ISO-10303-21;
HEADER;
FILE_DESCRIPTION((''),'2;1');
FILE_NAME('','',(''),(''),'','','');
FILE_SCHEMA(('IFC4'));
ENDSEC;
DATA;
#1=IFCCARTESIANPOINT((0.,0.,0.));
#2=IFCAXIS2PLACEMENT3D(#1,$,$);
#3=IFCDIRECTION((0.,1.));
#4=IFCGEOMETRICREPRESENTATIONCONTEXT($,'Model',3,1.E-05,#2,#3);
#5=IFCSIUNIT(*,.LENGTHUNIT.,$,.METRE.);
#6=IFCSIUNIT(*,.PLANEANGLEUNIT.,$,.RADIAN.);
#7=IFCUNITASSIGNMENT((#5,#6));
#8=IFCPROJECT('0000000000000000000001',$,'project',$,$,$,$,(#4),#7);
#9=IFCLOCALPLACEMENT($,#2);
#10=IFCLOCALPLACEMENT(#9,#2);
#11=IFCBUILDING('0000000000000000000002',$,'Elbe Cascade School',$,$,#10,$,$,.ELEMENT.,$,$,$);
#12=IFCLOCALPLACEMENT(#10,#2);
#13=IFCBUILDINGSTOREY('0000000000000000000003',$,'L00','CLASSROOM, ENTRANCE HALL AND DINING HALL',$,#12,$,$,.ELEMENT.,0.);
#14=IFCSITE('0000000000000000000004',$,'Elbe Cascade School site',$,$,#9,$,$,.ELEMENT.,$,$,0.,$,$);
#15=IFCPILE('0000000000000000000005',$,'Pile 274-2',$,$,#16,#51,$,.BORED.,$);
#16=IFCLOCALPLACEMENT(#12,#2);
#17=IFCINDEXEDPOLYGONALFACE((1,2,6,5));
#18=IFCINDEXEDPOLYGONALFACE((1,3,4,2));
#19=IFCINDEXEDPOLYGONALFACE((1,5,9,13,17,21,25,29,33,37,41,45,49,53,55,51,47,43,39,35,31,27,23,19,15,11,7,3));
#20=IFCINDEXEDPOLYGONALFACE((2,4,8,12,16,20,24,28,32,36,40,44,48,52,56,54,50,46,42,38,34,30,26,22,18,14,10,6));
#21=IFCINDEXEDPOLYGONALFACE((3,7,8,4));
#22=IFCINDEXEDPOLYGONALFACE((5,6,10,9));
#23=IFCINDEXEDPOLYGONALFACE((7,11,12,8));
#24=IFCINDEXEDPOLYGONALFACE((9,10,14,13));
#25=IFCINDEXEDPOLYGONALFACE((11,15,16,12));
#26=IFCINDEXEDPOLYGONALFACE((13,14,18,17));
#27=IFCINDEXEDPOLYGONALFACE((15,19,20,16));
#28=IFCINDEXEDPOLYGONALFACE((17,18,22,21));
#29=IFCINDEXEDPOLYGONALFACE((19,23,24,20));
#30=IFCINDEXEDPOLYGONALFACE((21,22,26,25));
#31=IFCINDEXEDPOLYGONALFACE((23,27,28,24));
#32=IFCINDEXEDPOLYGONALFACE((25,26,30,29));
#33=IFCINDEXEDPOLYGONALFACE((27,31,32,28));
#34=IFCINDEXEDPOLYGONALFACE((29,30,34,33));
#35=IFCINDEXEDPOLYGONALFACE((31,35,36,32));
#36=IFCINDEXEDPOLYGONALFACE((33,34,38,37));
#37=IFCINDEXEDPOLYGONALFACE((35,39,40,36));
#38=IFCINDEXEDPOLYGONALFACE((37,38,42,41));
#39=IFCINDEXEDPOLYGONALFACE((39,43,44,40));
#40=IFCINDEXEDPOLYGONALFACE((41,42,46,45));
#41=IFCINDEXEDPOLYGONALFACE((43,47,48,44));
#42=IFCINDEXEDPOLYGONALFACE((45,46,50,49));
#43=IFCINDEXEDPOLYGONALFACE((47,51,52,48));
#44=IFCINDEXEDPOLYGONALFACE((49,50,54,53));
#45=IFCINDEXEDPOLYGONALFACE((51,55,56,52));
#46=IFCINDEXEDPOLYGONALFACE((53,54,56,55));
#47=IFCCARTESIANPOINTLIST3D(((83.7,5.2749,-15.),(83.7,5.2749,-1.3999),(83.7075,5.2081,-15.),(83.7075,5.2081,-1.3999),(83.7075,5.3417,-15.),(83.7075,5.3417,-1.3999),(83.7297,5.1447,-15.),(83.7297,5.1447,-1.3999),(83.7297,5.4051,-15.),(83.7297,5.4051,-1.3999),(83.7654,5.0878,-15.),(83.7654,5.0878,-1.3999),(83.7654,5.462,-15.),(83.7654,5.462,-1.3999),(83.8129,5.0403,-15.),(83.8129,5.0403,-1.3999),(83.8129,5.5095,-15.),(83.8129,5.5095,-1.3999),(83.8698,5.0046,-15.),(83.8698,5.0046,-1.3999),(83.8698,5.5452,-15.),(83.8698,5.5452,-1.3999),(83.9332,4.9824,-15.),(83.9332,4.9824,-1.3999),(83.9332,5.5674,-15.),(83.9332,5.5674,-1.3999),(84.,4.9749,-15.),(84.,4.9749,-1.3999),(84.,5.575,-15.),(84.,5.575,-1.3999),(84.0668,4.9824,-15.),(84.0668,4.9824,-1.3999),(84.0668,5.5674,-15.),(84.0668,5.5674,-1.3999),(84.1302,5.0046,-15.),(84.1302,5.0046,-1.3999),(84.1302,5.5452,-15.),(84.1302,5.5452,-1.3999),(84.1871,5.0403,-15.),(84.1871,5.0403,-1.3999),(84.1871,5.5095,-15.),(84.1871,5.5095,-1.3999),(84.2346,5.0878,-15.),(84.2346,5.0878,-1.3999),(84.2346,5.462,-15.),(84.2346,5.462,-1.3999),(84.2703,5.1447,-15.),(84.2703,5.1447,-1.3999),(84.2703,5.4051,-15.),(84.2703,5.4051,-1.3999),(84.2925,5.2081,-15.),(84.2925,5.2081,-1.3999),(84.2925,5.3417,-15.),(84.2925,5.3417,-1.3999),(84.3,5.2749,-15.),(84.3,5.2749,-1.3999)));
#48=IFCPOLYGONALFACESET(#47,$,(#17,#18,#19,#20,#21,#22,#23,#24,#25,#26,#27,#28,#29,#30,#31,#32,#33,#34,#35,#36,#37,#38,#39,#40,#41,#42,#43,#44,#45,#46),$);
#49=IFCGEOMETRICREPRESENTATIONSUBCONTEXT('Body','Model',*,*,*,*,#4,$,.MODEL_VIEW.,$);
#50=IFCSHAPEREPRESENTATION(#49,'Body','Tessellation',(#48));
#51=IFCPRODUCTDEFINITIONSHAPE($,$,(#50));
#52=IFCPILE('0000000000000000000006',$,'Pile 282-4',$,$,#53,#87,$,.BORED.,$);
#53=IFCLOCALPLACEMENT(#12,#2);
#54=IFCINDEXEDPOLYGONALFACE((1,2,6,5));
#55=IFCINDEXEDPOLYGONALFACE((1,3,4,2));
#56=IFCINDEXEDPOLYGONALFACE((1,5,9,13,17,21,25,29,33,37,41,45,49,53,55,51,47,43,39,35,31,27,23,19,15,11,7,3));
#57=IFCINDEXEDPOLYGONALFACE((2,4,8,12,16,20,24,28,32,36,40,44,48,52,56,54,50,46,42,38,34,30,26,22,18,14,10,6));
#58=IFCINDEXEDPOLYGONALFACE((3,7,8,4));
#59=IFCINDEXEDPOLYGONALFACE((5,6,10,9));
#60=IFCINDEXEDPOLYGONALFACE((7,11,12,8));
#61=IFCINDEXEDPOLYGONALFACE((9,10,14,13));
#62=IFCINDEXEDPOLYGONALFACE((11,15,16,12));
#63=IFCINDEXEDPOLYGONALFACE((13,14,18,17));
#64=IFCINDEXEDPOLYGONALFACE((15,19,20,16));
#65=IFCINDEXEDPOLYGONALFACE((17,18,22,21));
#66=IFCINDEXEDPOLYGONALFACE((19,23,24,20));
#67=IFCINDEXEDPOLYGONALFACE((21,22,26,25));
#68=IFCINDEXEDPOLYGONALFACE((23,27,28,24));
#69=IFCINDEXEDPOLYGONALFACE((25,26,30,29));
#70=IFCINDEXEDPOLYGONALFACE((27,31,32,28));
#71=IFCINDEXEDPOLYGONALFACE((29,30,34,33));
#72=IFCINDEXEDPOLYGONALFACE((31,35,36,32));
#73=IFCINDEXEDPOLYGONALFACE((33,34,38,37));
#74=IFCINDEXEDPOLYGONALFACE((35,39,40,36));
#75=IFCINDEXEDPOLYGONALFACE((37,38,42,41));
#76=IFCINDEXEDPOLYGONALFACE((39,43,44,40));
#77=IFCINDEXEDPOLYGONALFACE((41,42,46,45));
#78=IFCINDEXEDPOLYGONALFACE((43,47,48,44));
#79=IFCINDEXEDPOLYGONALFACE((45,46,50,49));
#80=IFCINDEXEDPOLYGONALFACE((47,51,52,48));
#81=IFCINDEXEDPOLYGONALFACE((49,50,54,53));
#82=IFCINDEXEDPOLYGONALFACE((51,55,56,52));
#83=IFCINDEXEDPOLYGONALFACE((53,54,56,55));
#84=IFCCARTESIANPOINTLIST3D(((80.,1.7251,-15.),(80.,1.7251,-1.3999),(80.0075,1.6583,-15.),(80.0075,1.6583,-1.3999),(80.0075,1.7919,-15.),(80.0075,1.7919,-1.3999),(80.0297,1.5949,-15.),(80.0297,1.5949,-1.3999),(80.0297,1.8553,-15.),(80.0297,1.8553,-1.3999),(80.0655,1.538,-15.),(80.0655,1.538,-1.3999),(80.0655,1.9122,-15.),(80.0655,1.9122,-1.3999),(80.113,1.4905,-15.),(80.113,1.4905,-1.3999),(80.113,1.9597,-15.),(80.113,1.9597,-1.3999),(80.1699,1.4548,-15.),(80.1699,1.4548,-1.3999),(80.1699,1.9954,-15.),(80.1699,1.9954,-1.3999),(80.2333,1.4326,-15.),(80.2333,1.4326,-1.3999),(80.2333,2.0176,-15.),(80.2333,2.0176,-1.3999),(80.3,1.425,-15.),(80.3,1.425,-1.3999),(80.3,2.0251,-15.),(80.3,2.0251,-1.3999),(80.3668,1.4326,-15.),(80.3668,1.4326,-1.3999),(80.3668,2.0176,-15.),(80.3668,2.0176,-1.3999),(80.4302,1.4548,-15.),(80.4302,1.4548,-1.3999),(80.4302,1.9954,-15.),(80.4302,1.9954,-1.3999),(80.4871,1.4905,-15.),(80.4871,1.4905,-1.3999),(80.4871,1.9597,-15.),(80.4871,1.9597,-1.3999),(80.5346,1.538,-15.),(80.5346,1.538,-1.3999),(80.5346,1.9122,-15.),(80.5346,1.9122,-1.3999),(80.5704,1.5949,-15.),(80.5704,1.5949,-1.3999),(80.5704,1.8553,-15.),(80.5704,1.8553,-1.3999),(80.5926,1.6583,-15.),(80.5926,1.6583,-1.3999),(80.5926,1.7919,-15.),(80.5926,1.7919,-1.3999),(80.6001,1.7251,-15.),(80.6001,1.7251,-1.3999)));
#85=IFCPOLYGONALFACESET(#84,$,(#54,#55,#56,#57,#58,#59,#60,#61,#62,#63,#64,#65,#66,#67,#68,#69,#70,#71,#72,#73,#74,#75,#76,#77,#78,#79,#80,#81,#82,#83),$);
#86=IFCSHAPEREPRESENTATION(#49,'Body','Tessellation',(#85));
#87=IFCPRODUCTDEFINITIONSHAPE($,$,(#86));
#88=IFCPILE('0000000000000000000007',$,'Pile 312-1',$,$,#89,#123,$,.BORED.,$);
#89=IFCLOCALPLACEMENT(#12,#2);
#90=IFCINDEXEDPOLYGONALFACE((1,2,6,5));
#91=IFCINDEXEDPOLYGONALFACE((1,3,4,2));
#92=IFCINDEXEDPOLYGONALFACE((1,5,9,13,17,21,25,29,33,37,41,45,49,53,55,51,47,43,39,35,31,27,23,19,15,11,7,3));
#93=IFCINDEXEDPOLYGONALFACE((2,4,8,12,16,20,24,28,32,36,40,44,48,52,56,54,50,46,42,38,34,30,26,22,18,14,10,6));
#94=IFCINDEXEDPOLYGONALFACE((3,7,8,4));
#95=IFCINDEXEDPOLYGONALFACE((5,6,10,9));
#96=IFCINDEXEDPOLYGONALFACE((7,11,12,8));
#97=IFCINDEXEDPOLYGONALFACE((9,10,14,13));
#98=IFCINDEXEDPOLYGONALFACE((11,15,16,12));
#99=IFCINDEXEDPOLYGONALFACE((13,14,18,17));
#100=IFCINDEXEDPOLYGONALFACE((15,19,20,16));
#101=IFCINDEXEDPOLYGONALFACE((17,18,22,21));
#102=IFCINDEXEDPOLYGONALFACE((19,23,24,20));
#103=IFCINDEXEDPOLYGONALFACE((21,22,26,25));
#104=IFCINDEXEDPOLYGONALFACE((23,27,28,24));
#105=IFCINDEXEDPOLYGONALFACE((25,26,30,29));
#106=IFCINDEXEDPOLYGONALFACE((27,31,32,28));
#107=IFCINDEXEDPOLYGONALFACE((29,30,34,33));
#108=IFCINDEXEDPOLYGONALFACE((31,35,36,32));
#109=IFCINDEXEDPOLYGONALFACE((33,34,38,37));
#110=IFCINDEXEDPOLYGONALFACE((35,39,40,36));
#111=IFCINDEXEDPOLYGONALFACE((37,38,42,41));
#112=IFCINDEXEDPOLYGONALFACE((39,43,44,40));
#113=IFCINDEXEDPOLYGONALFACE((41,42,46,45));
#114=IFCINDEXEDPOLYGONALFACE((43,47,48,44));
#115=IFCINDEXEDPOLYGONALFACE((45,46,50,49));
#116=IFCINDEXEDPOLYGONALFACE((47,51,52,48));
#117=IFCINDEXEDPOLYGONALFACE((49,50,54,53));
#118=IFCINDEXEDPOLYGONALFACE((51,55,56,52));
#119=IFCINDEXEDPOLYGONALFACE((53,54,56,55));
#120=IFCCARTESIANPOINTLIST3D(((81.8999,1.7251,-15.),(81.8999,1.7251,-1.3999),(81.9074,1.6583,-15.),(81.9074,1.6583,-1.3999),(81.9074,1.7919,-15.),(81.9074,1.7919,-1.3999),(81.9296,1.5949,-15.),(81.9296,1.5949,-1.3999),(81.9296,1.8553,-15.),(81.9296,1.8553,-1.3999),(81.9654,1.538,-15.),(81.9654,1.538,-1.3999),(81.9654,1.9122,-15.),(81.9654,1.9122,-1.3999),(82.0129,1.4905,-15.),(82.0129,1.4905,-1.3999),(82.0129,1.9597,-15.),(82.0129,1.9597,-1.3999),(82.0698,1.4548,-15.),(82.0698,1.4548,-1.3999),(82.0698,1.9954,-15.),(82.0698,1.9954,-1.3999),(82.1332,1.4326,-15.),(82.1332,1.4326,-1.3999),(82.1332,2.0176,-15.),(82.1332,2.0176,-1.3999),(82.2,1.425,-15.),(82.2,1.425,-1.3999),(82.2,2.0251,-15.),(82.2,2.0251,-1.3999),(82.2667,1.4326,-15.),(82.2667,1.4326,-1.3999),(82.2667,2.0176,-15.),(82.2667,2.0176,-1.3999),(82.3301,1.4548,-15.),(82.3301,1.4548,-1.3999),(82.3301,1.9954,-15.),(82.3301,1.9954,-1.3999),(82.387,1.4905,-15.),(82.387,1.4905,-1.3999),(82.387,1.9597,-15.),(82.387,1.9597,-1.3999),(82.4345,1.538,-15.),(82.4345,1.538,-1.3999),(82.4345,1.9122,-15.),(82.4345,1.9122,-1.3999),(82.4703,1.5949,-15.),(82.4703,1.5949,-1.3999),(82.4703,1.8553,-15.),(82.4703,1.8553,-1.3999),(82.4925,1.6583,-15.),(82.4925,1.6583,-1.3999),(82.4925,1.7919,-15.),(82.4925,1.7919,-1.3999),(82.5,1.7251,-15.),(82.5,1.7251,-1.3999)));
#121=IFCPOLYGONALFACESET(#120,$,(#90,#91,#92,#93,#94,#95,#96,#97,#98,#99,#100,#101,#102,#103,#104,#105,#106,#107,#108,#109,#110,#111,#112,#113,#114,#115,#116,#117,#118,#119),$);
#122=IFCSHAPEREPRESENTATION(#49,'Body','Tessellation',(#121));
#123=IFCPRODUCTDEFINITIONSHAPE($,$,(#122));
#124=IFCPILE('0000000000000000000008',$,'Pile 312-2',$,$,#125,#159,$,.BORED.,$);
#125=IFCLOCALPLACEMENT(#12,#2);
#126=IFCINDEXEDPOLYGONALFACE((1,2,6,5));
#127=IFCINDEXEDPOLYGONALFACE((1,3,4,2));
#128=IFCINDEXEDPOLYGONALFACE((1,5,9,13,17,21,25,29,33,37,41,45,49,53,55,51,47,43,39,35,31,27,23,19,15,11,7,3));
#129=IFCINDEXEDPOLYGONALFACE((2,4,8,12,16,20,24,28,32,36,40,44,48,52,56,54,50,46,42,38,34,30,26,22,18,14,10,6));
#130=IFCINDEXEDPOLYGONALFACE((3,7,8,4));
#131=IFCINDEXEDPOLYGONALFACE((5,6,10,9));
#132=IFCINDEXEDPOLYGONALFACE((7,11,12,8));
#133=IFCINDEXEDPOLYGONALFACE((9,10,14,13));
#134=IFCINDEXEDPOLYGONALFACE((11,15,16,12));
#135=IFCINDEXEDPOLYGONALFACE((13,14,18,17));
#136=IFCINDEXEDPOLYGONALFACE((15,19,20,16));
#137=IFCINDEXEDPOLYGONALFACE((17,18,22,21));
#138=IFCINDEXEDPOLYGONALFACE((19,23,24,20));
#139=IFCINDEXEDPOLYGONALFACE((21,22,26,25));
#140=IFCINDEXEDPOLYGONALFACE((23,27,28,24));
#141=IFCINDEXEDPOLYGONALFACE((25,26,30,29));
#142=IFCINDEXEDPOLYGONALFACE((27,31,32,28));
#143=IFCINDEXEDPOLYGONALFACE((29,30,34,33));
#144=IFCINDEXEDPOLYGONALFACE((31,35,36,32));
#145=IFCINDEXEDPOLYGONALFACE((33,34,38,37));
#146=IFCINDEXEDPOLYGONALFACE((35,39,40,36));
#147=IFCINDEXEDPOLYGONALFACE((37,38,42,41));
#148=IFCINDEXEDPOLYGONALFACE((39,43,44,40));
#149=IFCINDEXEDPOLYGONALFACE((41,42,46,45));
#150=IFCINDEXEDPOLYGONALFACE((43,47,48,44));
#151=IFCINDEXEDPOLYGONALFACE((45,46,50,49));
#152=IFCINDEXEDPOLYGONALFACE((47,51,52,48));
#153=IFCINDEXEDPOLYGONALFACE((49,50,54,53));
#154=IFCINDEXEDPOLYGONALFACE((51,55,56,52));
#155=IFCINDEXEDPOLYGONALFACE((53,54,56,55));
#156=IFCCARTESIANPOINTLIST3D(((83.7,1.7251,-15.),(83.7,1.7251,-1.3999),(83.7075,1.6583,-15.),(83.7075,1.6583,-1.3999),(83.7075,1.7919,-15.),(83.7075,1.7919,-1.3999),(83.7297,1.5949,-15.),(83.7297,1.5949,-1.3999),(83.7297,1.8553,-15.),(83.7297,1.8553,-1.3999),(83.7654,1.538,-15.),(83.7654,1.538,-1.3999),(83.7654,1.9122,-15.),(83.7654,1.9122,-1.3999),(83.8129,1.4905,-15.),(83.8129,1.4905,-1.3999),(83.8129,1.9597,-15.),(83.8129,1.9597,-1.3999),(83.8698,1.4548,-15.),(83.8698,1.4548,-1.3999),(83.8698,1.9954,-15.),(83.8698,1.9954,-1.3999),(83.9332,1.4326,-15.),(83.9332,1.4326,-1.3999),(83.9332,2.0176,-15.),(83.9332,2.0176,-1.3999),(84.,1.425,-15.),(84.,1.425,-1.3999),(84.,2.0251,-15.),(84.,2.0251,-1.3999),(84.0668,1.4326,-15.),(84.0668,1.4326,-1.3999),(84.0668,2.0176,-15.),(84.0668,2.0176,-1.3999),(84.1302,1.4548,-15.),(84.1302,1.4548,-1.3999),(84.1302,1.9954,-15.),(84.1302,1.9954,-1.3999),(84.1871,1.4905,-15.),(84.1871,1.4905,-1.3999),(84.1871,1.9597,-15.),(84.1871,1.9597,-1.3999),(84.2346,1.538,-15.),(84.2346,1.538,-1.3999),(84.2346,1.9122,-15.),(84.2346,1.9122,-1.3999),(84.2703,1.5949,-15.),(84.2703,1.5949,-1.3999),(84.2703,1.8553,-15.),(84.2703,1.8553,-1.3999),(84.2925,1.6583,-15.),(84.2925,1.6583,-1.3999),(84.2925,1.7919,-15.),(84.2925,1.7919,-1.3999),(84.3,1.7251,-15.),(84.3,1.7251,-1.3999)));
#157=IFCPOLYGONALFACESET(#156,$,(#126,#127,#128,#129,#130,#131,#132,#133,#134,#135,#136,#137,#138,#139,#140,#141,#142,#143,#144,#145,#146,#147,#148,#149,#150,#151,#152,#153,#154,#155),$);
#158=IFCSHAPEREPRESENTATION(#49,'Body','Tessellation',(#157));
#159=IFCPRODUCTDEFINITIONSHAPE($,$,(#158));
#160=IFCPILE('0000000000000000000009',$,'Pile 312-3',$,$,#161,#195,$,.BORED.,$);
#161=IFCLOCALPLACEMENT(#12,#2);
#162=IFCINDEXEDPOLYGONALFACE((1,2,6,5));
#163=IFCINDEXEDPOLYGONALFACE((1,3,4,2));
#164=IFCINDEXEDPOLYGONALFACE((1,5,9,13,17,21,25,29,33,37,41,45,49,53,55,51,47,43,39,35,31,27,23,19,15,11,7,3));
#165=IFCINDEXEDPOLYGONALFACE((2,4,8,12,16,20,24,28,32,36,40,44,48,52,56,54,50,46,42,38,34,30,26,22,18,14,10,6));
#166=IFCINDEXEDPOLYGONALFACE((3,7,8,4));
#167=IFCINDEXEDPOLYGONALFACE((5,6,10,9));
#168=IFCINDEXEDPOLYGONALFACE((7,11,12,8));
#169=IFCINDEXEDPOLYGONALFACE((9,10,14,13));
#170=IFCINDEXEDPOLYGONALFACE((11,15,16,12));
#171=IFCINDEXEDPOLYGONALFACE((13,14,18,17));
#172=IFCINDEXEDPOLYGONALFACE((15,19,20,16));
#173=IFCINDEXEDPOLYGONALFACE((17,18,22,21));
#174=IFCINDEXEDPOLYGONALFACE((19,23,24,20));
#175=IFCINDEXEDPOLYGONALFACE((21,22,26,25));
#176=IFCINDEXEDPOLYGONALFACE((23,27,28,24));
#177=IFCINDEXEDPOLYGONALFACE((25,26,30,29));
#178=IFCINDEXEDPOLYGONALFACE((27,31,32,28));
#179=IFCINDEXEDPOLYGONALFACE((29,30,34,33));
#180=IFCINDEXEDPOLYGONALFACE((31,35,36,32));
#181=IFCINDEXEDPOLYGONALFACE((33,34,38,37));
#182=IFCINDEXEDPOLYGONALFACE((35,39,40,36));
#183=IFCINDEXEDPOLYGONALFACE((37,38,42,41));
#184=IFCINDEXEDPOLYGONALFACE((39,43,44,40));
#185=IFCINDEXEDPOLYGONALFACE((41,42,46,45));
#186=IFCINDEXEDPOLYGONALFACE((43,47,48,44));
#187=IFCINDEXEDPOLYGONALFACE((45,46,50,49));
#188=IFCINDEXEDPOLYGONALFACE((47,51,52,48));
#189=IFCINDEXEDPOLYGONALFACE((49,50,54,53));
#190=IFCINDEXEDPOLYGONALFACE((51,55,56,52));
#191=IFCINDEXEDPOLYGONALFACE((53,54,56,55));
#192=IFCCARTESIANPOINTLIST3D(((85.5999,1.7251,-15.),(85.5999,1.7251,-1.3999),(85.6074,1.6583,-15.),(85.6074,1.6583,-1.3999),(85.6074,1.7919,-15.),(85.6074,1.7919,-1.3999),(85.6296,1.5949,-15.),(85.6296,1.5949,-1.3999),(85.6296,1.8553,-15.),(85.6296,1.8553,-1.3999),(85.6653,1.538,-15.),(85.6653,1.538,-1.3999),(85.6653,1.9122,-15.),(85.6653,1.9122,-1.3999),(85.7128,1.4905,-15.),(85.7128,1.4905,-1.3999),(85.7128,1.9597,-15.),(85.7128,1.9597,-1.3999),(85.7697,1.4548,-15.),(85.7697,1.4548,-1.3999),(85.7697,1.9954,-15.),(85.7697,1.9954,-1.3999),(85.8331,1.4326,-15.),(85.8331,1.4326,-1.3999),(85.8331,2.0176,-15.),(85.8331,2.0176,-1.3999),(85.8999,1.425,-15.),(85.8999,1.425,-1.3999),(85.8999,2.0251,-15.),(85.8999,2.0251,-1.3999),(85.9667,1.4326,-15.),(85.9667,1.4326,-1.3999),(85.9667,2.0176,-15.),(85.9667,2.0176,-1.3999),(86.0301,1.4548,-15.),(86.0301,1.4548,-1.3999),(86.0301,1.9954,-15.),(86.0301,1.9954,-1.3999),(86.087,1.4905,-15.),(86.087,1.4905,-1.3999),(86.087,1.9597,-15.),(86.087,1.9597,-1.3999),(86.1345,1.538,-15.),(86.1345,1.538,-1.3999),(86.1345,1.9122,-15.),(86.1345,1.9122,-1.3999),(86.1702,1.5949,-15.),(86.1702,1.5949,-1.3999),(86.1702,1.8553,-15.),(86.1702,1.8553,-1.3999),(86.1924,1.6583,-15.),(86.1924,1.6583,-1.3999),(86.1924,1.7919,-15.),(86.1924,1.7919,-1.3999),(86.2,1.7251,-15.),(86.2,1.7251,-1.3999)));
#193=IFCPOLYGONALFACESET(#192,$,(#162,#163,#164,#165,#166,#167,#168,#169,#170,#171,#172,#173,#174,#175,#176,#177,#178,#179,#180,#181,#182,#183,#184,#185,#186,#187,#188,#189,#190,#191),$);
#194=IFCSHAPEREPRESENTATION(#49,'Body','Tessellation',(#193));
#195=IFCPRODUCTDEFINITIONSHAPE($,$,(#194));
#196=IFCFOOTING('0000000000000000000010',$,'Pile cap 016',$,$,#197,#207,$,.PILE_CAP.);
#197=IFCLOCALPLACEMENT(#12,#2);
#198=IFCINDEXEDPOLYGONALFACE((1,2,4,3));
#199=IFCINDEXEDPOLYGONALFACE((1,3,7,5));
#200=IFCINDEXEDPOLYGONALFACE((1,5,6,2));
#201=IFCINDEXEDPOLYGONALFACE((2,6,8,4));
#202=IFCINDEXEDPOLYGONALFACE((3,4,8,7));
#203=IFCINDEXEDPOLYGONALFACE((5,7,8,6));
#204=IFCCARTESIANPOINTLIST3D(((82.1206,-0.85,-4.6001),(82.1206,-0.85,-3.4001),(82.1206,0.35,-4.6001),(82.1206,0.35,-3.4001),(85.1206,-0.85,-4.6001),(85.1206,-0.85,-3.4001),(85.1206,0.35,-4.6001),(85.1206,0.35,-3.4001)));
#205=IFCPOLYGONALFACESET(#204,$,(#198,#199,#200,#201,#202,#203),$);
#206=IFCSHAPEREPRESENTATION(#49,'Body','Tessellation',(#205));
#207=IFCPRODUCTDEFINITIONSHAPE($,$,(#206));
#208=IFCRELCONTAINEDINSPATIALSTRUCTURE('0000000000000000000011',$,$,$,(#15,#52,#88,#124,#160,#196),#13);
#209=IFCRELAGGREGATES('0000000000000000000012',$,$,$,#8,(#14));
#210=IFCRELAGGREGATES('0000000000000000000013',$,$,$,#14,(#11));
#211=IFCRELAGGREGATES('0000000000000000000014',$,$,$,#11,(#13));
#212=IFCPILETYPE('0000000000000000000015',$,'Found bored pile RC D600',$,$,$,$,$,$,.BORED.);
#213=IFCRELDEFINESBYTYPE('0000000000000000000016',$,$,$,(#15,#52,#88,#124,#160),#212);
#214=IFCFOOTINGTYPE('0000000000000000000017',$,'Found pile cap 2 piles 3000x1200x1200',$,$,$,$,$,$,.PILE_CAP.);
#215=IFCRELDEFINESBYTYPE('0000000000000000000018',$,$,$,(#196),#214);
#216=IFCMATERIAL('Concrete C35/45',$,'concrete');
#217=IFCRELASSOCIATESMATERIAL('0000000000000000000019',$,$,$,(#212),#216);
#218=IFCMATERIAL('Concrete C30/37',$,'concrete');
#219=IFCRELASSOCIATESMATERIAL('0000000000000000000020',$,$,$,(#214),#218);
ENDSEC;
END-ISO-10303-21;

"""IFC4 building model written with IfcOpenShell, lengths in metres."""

from ifc_helpers import new_model, si_unit, direction, frame, origin, origin_2d, place, context, subcontext, project, spatial, rectangle, circle, extrude, material, material_profile, profile_set, type_object, element, save


model = new_model("IFC4")

# Units and contexts
model_context = context("Model", 3, precision=1e-05, world=origin(), true_north=direction((0.0, 1.0)))
body_context = subcontext(model_context, "Body", "Model", "MODEL_VIEW")
ifc_project = project(units=[si_unit("LENGTHUNIT", "METRE"), si_unit("PLANEANGLEUNIT", "RADIAN")], contexts=[model_context])

# Site, building, storey
site_placement = place(None, origin())
site = spatial("IfcSite", under=ifc_project, at=site_placement, Name="Elbe Cascade School site", CompositionType="ELEMENT", RefElevation=0.0)
building_placement = place(site_placement, origin())
building = spatial("IfcBuilding", under=site, at=building_placement, Name="Elbe Cascade School", CompositionType="ELEMENT")
storey_placement = place(building_placement, origin())
storey = spatial("IfcBuildingStorey", under=building, at=storey_placement, Name="L00", Description="CLASSROOM, ENTRANCE HALL AND DINING HALL", CompositionType="ELEMENT", Elevation=0.0)

# Piles
ifc_material_1 = material(Name="Concrete C35/45", Category="concrete")
ifc_material_profile_1 = material_profile(ifc_material_1, circle(Radius=0.3, at=origin_2d()), Name="RC D600")
ifc_profile_set_1 = profile_set([ifc_material_profile_1], Name="Concrete C35/45")
pile_type = type_object("IfcPileType", Name="Found bored pile RC D600", PredefinedType="BORED", material=ifc_profile_set_1)
for number, where, z_axis, x_axis, name in (
    (1, (84.0, 5.2749, -1.3999), (0.0, 0.0, -1.0), (1.0, 0.0, 0.0), "Pile 274-2"),
    (2, (80.3, 1.7251, -1.3999), (0.0, 0.0, -1.0), (1.0, 0.0, 0.0), "Pile 282-4"),
    (3, (82.2, 1.7251, -1.3999), (0.0, 0.0, -1.0), (1.0, 0.0, 0.0), "Pile 312-1"),
    (4, (84.0, 1.7251, -1.3999), (0.0, 0.0, -1.0), (1.0, 0.0, 0.0), "Pile 312-2"),
    (5, (85.8999, 1.7251, -1.3999), (0.0, 0.0, -1.0), (1.0, 0.0, 0.0), "Pile 312-3"),
):
    element("IfcPile", number, at=place(storey_placement, frame(where, z_axis=z_axis, x_axis=x_axis)), inside=storey, type_object=pile_type, Name=name, PredefinedType="BORED", context=body_context, shape_type="SweptSolid", body=[
        extrude(circle(Radius=0.3, at=origin_2d()), origin(), (0.0, 0.0, 1.0), 13.6001),
    ])

# Footing
ifc_material_2 = material(Name="Concrete C30/37", Category="concrete")
footing_type = type_object("IfcFootingType", Name="Found pile cap 2 piles 3000x1200x1200", PredefinedType="PILE_CAP", material=ifc_material_2)
footing_placement = place(storey_placement, frame((83.6206, -0.25, -4.6001), z_axis=(0.0, 0.0, 1.0), x_axis=(1.0, 0.0, 0.0)))
element("IfcFooting", 6, at=footing_placement, inside=storey, type_object=footing_type, Name="Pile cap 016", PredefinedType="PILE_CAP", context=body_context, shape_type="SweptSolid", body=[
    extrude(rectangle(XDim=3.0, YDim=1.2, at=origin_2d()), origin(), (0.0, 0.0, 1.0), 1.2),
])

save(model, "model.ifc")
